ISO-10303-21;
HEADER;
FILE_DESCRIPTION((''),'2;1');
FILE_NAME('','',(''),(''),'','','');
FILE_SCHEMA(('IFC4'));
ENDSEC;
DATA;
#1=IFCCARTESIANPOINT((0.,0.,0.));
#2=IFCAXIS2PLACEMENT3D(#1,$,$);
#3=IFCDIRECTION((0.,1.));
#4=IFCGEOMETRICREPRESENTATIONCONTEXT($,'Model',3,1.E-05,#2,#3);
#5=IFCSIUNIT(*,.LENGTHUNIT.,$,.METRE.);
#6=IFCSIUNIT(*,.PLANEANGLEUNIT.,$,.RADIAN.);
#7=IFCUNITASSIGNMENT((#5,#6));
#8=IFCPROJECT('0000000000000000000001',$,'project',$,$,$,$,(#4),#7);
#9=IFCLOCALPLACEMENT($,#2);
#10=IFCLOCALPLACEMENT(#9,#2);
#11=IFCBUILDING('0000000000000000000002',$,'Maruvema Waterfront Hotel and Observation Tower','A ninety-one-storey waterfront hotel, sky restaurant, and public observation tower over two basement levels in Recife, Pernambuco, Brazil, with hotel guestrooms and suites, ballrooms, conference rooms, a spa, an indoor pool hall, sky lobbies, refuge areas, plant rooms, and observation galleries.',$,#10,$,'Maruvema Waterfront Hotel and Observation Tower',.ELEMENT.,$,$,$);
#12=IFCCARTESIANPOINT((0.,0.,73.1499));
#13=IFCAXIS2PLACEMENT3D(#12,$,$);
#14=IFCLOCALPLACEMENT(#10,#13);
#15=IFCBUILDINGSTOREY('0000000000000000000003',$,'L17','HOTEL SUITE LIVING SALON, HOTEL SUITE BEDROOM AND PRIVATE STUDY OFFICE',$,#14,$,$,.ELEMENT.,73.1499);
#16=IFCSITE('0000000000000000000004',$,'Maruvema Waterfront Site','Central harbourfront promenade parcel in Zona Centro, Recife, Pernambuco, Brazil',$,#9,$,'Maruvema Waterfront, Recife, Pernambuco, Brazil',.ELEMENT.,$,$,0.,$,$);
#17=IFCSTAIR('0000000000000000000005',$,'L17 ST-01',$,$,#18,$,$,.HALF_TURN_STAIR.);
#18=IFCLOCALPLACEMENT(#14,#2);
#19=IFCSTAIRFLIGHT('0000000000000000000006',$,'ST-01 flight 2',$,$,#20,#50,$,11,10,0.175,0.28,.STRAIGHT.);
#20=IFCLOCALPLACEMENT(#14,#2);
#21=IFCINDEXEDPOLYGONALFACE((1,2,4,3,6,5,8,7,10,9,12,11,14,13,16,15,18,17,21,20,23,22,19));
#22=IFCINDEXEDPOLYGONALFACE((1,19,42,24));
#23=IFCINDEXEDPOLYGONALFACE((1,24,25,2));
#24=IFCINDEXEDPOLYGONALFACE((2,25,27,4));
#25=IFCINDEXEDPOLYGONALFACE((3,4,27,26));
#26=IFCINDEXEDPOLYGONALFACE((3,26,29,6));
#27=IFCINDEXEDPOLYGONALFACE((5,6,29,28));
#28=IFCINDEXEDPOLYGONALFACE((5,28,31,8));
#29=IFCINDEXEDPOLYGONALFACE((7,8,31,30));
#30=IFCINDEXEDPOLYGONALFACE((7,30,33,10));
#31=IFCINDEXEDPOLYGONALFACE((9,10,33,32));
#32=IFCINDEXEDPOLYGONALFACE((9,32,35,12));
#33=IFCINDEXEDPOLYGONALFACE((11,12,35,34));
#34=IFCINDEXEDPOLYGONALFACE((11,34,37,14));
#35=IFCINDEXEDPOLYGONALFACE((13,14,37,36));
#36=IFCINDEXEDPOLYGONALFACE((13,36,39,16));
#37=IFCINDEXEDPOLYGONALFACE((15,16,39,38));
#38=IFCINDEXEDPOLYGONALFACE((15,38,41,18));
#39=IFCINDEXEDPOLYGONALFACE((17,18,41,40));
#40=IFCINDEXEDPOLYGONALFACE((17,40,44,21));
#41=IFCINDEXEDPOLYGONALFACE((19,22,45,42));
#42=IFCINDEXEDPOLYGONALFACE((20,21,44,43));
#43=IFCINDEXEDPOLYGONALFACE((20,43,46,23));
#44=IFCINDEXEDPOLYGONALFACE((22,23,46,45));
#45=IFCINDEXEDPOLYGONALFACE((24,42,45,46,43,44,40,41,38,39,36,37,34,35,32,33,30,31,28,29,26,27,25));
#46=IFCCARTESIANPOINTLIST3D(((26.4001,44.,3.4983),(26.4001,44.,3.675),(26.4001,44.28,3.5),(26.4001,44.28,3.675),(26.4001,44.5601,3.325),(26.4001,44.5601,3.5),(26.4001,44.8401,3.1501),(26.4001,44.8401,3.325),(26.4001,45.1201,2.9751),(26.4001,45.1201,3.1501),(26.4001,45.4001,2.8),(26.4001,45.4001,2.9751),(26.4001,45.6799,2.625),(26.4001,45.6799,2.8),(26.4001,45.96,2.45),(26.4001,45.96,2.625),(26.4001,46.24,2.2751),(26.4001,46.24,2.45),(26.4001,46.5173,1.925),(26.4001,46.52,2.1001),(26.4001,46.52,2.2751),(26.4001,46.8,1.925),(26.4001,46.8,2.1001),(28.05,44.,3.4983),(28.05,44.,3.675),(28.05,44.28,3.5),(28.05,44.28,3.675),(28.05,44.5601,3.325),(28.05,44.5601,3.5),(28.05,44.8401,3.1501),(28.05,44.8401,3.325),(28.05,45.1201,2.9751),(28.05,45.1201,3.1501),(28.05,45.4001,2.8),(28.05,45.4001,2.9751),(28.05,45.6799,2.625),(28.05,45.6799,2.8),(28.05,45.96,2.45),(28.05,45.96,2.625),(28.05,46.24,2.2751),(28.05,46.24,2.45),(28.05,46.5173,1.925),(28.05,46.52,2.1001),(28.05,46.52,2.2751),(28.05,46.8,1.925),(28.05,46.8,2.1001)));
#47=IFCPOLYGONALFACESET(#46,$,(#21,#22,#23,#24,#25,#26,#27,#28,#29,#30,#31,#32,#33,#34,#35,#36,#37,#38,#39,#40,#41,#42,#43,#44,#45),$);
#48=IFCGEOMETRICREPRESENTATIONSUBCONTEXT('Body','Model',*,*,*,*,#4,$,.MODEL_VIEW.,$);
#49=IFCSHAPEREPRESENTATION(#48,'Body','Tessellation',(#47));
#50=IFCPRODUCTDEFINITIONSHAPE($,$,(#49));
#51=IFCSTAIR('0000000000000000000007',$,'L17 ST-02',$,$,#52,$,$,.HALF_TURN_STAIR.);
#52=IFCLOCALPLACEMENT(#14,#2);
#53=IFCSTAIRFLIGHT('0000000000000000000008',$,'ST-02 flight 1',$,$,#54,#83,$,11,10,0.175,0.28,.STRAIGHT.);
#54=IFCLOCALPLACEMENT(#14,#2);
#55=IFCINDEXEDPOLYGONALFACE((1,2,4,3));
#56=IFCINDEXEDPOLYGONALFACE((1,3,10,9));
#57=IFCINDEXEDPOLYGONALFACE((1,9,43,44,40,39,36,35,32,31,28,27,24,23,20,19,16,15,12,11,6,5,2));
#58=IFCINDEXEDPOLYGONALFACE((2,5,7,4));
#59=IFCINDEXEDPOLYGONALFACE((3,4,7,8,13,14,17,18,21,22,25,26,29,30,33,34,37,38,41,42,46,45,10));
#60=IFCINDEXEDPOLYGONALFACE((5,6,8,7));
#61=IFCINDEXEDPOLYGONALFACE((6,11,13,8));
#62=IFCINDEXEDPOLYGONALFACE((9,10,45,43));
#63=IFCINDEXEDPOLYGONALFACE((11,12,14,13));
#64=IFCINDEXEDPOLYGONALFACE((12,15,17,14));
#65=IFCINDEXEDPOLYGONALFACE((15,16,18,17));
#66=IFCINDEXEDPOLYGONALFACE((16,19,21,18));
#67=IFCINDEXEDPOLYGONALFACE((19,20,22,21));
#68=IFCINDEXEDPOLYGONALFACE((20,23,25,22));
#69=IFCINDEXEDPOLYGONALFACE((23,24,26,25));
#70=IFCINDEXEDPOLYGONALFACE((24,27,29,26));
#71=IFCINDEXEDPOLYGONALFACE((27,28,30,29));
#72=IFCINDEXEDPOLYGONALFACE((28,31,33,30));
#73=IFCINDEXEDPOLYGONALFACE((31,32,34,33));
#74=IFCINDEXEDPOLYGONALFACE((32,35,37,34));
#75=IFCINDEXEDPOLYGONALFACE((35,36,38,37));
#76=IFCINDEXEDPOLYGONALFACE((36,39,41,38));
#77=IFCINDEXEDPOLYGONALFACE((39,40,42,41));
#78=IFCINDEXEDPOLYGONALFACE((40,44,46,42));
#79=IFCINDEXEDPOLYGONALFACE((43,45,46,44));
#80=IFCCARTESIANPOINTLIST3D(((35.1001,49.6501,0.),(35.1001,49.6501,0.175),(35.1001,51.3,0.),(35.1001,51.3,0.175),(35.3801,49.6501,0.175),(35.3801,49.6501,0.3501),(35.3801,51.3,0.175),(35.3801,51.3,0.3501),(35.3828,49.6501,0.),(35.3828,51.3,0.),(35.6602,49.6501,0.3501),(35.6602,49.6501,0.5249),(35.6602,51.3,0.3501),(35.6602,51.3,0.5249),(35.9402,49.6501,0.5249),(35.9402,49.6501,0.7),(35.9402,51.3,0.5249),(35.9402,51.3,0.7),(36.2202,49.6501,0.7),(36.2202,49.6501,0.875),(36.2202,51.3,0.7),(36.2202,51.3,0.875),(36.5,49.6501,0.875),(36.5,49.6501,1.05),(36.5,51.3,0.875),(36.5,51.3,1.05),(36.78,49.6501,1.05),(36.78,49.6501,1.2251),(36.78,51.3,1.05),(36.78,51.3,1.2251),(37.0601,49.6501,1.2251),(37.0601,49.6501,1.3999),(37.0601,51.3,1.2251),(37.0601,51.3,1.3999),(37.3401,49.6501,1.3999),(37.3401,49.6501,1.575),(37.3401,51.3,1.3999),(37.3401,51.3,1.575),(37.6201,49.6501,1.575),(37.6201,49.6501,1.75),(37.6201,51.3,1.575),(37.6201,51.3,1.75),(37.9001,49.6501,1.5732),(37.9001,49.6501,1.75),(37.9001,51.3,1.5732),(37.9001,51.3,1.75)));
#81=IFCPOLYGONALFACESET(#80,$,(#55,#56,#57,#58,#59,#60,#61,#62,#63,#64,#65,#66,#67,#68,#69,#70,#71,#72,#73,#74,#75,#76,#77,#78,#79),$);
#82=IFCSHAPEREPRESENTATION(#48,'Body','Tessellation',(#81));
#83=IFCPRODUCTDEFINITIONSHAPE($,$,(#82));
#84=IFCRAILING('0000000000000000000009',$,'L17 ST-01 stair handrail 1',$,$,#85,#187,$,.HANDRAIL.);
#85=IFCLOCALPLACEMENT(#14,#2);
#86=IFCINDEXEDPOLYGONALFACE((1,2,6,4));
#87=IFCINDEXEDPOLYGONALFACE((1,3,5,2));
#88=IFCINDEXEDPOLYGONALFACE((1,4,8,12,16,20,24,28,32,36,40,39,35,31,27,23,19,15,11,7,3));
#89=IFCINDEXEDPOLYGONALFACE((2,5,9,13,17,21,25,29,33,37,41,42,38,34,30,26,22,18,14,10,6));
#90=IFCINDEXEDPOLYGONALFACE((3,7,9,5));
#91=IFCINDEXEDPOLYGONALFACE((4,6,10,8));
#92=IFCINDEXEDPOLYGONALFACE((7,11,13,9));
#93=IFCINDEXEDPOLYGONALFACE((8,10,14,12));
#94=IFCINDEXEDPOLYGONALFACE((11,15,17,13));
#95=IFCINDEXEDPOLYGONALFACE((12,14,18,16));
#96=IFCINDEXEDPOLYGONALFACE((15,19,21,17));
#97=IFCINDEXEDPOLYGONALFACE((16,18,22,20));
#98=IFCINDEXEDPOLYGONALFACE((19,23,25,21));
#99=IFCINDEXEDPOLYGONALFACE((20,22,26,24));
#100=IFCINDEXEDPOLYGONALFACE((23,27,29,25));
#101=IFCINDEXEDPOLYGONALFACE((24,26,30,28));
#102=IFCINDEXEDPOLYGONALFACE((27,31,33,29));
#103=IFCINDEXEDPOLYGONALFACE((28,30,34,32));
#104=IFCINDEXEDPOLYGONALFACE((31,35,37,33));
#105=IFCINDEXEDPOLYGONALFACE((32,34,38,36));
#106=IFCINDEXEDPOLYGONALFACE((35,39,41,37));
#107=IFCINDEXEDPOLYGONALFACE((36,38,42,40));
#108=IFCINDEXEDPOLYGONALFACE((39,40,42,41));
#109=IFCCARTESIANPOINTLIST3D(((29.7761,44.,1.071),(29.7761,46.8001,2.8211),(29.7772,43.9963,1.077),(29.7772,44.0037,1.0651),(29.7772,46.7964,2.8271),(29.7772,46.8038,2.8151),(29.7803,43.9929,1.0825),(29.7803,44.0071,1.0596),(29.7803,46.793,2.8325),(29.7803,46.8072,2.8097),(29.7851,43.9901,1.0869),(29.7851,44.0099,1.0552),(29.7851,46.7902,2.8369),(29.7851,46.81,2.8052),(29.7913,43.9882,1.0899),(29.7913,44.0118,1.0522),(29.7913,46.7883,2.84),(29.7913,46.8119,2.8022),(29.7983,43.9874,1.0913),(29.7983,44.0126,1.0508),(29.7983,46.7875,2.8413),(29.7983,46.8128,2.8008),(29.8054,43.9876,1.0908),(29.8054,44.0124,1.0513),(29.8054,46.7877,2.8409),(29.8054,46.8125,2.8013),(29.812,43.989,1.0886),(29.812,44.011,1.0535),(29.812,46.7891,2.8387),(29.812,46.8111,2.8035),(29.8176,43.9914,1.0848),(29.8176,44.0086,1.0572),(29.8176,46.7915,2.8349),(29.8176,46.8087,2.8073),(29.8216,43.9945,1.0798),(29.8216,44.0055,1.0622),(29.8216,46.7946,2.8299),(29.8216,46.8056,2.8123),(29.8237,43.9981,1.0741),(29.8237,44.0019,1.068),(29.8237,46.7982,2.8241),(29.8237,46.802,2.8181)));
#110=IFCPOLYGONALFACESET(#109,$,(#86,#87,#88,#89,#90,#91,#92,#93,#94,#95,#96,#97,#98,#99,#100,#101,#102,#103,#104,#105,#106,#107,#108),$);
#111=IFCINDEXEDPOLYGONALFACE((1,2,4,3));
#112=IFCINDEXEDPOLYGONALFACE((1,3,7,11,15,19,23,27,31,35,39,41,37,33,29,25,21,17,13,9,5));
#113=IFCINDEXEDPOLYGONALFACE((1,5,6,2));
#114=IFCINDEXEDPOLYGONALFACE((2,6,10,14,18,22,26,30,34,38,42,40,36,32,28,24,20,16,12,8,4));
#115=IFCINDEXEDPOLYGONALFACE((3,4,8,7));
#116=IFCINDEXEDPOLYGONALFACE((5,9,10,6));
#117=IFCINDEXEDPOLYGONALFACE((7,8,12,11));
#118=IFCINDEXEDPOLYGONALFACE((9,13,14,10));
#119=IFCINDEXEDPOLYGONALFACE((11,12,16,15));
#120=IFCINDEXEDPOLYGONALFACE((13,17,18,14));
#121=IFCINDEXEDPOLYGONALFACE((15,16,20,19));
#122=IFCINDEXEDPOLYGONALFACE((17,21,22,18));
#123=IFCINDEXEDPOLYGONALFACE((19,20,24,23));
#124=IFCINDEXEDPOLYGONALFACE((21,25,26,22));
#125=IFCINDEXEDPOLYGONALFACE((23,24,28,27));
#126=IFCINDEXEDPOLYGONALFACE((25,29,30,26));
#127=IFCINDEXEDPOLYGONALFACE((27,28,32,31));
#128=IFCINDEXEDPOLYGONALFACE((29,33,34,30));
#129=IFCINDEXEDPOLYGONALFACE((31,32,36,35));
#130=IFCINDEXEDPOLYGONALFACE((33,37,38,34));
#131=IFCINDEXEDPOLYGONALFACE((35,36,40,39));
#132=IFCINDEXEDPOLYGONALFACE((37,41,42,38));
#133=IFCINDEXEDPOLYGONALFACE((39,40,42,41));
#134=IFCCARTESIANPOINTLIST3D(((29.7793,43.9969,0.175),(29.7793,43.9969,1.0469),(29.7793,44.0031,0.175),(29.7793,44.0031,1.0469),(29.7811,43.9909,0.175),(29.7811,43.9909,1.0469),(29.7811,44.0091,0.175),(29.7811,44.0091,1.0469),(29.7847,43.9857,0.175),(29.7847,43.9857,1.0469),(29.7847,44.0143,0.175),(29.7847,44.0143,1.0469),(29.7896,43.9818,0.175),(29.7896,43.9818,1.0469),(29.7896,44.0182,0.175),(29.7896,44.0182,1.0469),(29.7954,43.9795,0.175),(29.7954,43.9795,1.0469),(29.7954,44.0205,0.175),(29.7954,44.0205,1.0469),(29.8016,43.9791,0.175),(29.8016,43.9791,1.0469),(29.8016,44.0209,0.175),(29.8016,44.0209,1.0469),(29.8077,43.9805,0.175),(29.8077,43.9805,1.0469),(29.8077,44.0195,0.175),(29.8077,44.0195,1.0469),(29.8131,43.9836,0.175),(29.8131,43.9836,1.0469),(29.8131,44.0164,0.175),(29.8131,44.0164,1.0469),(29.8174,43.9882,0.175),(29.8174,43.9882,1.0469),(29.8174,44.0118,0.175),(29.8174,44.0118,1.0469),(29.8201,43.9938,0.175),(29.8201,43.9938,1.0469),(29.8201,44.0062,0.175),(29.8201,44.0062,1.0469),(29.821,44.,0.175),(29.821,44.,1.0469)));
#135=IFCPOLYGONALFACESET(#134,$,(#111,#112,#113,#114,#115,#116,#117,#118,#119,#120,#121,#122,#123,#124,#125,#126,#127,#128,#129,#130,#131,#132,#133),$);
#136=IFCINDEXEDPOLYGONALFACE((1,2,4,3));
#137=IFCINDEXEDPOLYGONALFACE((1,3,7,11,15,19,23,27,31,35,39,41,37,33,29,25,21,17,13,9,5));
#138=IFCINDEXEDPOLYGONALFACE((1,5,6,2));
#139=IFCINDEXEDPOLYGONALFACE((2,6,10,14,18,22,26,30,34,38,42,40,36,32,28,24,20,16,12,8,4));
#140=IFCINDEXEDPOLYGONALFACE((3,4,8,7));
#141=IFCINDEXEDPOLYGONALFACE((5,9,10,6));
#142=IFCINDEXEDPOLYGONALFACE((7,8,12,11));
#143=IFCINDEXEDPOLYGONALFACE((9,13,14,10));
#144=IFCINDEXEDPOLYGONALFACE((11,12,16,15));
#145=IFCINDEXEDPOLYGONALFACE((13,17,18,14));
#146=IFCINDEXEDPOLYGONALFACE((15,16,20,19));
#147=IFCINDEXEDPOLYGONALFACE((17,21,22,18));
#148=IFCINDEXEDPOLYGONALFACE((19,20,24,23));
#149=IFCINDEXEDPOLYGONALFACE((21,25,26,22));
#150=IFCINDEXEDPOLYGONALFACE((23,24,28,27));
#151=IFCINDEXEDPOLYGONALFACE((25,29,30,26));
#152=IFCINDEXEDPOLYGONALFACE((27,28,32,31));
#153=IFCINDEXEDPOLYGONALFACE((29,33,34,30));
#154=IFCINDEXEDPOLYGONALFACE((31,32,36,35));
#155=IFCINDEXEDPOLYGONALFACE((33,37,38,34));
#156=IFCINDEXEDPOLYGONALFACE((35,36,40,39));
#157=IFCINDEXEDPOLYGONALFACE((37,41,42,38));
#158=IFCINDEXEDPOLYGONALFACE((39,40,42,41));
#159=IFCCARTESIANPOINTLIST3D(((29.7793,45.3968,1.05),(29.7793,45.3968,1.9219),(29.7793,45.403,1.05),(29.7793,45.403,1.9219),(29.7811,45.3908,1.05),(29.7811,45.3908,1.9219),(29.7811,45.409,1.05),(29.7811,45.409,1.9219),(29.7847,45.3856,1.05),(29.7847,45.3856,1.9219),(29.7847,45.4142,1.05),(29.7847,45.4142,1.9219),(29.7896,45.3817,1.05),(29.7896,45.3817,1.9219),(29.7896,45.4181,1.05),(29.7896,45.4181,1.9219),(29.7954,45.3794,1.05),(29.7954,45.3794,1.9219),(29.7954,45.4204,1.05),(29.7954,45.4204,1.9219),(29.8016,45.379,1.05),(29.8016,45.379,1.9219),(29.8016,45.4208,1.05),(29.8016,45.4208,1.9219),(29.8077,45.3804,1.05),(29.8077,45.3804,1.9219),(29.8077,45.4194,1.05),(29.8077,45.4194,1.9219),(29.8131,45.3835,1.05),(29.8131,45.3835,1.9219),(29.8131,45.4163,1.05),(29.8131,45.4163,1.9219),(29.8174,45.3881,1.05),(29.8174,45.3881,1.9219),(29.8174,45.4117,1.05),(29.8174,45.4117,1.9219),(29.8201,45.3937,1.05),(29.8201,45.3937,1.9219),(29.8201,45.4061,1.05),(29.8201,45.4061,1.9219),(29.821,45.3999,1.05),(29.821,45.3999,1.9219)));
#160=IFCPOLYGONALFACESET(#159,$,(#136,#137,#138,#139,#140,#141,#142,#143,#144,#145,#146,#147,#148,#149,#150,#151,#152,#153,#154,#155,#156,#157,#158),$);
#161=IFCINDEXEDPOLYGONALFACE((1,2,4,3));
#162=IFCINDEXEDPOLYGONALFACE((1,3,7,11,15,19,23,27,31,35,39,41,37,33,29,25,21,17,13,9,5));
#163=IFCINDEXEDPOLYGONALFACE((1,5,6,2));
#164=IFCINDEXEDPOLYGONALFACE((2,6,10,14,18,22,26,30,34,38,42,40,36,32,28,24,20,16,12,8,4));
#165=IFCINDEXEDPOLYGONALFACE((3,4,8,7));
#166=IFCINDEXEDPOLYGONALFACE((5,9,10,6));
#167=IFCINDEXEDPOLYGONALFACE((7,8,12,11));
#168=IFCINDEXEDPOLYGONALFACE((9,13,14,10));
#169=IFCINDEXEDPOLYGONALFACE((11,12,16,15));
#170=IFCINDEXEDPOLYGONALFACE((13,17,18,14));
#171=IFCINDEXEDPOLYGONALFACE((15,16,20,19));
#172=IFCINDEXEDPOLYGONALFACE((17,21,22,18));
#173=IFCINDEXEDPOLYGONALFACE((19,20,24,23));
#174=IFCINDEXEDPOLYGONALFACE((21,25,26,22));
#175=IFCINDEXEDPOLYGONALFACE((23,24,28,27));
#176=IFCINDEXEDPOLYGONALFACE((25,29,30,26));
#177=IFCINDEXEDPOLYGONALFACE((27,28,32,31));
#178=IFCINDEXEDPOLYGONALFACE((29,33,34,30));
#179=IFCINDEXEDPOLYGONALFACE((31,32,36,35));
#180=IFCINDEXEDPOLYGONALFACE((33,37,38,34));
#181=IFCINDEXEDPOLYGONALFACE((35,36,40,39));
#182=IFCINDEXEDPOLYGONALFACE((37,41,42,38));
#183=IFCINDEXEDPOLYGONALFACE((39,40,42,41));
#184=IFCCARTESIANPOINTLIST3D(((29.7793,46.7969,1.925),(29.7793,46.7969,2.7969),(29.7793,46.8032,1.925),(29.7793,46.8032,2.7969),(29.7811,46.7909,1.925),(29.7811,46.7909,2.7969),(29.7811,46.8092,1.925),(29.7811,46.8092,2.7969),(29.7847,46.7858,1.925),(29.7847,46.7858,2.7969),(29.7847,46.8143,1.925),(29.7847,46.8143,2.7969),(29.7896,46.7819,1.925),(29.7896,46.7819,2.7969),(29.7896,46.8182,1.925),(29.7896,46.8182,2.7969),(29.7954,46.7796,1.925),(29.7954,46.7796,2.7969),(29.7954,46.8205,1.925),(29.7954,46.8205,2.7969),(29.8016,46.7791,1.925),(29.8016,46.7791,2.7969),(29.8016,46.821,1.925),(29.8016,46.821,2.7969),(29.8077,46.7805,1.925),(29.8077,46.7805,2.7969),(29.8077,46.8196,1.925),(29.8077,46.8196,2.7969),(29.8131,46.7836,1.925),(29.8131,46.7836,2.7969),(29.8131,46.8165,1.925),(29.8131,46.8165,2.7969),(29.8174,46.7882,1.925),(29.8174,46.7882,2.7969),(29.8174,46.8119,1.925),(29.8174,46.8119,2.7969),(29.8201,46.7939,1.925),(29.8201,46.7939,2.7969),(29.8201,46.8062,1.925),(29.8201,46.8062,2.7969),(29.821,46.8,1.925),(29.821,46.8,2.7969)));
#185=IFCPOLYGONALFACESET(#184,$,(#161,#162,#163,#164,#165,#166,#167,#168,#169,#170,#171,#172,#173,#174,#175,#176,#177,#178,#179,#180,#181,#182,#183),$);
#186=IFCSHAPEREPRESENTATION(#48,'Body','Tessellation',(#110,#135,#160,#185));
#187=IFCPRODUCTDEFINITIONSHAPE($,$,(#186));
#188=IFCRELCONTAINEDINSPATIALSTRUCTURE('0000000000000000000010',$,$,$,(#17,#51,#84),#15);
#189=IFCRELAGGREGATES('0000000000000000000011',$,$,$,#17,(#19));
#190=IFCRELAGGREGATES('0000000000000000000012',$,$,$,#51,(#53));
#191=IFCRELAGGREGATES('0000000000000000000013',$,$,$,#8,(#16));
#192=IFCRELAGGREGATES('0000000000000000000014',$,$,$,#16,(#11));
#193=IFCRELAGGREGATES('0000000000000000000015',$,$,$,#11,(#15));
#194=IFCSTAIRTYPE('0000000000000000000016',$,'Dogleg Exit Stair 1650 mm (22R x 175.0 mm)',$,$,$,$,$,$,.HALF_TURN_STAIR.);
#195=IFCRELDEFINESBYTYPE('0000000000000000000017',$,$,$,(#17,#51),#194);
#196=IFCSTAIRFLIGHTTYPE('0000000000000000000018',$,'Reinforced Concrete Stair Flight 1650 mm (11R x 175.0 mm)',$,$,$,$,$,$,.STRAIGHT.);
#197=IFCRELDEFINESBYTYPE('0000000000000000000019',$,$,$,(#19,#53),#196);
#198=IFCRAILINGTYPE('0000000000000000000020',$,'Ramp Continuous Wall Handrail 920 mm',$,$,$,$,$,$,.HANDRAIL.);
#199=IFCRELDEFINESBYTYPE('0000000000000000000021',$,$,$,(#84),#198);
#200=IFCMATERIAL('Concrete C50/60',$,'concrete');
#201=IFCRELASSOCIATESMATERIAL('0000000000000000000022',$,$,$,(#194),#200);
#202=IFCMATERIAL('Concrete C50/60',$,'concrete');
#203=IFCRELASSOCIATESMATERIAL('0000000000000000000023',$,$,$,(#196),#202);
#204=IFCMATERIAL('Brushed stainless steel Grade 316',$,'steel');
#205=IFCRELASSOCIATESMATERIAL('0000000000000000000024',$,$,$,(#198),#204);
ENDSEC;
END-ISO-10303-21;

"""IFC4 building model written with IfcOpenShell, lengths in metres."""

from ifc_helpers import new_model, si_unit, direction, frame, origin, origin_2d, place, context, subcontext, project, spatial, polyline, circle, outline, extrude, material, type_object, element, aggregate, save


model = new_model("IFC4")

# Units and contexts
model_context = context("Model", 3, precision=1e-05, world=origin(), true_north=direction((0.0, 1.0)))
body_context = subcontext(model_context, "Body", "Model", "MODEL_VIEW")
ifc_project = project(units=[si_unit("LENGTHUNIT", "METRE"), si_unit("PLANEANGLEUNIT", "RADIAN")], contexts=[model_context])

# Site, building, storey
site_placement = place(None, origin())
site = spatial("IfcSite", under=ifc_project, at=site_placement, Name="Maruvema Waterfront Site", Description="Central harbourfront promenade parcel in Zona Centro, Recife, Pernambuco, Brazil", LongName="Maruvema Waterfront, Recife, Pernambuco, Brazil", CompositionType="ELEMENT", RefElevation=0.0)
building_placement = place(site_placement, origin())
building = spatial("IfcBuilding", under=site, at=building_placement, Name="Maruvema Waterfront Hotel and Observation Tower", Description="A ninety-one-storey waterfront hotel, sky restaurant, and public observation tower over two basement levels in Recife, Pernambuco, Brazil, with hotel guestrooms and suites, ballrooms, conference rooms, a spa, an indoor pool hall, sky lobbies, refuge areas, plant rooms, and observation galleries.", LongName="Maruvema Waterfront Hotel and Observation Tower", CompositionType="ELEMENT")
storey_placement = place(building_placement, frame((0.0, 0.0, 73.1499)))
storey = spatial("IfcBuildingStorey", under=building, at=storey_placement, Name="L17", Description="HOTEL SUITE LIVING SALON, HOTEL SUITE BEDROOM AND PRIVATE STUDY OFFICE", CompositionType="ELEMENT", Elevation=73.1499)

# Stair, stair flight
ifc_material_1 = material(Name="Concrete C50/60", Category="concrete")
stair_type = type_object("IfcStairType", Name="Dogleg Exit Stair 1650 mm (22R x 175.0 mm)", PredefinedType="HALF_TURN_STAIR", material=ifc_material_1)
stair_1_placement = place(storey_placement, origin())
stair_1 = element("IfcStair", 1, at=stair_1_placement, inside=storey, type_object=stair_type, Name="L17 ST-01", PredefinedType="HALF_TURN_STAIR")
ifc_material_2 = material(Name="Concrete C50/60", Category="concrete")
stair_flight_type = type_object("IfcStairFlightType", Name="Reinforced Concrete Stair Flight 1650 mm (11R x 175.0 mm)", PredefinedType="STRAIGHT", material=ifc_material_2)
stair_flight_1_placement = place(storey_placement, frame((27.2251, 46.8, 1.925), z_axis=(0.0, 0.0, 1.0), x_axis=(0.0, -1.0, 0.0)))
stair_flight_1 = element("IfcStairFlight", 2, at=stair_flight_1_placement, type_object=stair_flight_type, Name="ST-01 flight 2", NumberOfRisers=11, NumberOfTreads=10, PredefinedType="STRAIGHT", RiserHeight=0.175, TreadLength=0.28, context=body_context, shape_type="SweptSolid", body=[
    extrude(outline(polyline([(0.0, 0.0), (0.0, 0.175), (0.28, 0.175), (0.28, 0.3501), (0.5601, 0.3501), (0.5601, 0.5249), (0.8401, 0.5249), (0.8401, 0.7), (1.1201, 0.7), (1.1201, 0.875), (1.3999, 0.875), (1.3999, 1.05), (1.6799, 1.05), (1.6799, 1.2251), (1.96, 1.2251), (1.96, 1.3999), (2.24, 1.3999), (2.24, 1.575), (2.52, 1.575), (2.52, 1.75), (2.8, 1.75), (2.8, 1.925), (2.8, 1.5732), (0.2827, 0.0), (0.0, 0.0)])), frame((0.0, 0.825, 0.0), z_axis=(0.0, -1.0, 0.0), x_axis=(1.0, 0.0, 0.0)), (0.0, 0.0, 1.0), 1.6499),
])
aggregate(stair_1, [stair_flight_1])

# Stair, stair flight
stair_2_placement = place(storey_placement, origin())
stair_2 = element("IfcStair", 3, at=stair_2_placement, inside=storey, type_object=stair_type, Name="L17 ST-02", PredefinedType="HALF_TURN_STAIR")
stair_flight_2_placement = place(storey_placement, frame((35.1001, 50.4751, 0.0), z_axis=(0.0, 0.0, 1.0), x_axis=(1.0, 0.0, 0.0)))
stair_flight_2 = element("IfcStairFlight", 4, at=stair_flight_2_placement, type_object=stair_flight_type, Name="ST-02 flight 1", NumberOfRisers=11, NumberOfTreads=10, PredefinedType="STRAIGHT", RiserHeight=0.175, TreadLength=0.28, context=body_context, shape_type="SweptSolid", body=[
    extrude(outline(polyline([(0.0, 0.0), (0.0, 0.175), (0.28, 0.175), (0.28, 0.3501), (0.5601, 0.3501), (0.5601, 0.5249), (0.8401, 0.5249), (0.8401, 0.7), (1.1201, 0.7), (1.1201, 0.875), (1.3999, 0.875), (1.3999, 1.05), (1.6799, 1.05), (1.6799, 1.2251), (1.96, 1.2251), (1.96, 1.3999), (2.24, 1.3999), (2.24, 1.575), (2.52, 1.575), (2.52, 1.75), (2.8, 1.75), (2.8, 1.925), (2.8, 1.5732), (0.2827, 0.0), (0.0, 0.0)])), frame((0.0, 0.825, 0.0), z_axis=(0.0, -1.0, 0.0), x_axis=(1.0, 0.0, 0.0)), (0.0, 0.0, 1.0), 1.6499),
])
aggregate(stair_2, [stair_flight_2])

# Railing
ifc_material_3 = material(Name="Brushed stainless steel Grade 316", Category="steel")
railing_type_1 = type_object("IfcRailingType", Name="Ramp Continuous Wall Handrail 920 mm", PredefinedType="HANDRAIL", material=ifc_material_3)
railing_1_placement = place(storey_placement, frame((29.8, 44.0, 0.175)))
element("IfcRailing", 5, at=railing_1_placement, inside=storey, type_object=railing_type_1, Name="L17 ST-01 stair handrail 1", PredefinedType="HANDRAIL", context=body_context, shape_type="SweptSolid", body=[
    extrude(circle(Radius=0.0239, at=origin_2d()), frame((0.0, 0.0, 0.896), z_axis=(0.0, 0.848002, 0.529992), x_axis=(-1.0, 0.0, 0.0)), (0.0, 0.0, 1.0), 3.302),
    extrude(circle(Radius=0.021, at=origin_2d()), origin(), (0.0, 0.0, 1.0), 0.8718),
    extrude(circle(Radius=0.021, at=origin_2d()), frame((0.0, 1.3999, 0.875)), (0.0, 0.0, 1.0), 0.8718),
    extrude(circle(Radius=0.021, at=origin_2d()), frame((0.0, 2.8, 1.75)), (0.0, 0.0, 1.0), 0.8718),
])

save(model, "model.ifc")
